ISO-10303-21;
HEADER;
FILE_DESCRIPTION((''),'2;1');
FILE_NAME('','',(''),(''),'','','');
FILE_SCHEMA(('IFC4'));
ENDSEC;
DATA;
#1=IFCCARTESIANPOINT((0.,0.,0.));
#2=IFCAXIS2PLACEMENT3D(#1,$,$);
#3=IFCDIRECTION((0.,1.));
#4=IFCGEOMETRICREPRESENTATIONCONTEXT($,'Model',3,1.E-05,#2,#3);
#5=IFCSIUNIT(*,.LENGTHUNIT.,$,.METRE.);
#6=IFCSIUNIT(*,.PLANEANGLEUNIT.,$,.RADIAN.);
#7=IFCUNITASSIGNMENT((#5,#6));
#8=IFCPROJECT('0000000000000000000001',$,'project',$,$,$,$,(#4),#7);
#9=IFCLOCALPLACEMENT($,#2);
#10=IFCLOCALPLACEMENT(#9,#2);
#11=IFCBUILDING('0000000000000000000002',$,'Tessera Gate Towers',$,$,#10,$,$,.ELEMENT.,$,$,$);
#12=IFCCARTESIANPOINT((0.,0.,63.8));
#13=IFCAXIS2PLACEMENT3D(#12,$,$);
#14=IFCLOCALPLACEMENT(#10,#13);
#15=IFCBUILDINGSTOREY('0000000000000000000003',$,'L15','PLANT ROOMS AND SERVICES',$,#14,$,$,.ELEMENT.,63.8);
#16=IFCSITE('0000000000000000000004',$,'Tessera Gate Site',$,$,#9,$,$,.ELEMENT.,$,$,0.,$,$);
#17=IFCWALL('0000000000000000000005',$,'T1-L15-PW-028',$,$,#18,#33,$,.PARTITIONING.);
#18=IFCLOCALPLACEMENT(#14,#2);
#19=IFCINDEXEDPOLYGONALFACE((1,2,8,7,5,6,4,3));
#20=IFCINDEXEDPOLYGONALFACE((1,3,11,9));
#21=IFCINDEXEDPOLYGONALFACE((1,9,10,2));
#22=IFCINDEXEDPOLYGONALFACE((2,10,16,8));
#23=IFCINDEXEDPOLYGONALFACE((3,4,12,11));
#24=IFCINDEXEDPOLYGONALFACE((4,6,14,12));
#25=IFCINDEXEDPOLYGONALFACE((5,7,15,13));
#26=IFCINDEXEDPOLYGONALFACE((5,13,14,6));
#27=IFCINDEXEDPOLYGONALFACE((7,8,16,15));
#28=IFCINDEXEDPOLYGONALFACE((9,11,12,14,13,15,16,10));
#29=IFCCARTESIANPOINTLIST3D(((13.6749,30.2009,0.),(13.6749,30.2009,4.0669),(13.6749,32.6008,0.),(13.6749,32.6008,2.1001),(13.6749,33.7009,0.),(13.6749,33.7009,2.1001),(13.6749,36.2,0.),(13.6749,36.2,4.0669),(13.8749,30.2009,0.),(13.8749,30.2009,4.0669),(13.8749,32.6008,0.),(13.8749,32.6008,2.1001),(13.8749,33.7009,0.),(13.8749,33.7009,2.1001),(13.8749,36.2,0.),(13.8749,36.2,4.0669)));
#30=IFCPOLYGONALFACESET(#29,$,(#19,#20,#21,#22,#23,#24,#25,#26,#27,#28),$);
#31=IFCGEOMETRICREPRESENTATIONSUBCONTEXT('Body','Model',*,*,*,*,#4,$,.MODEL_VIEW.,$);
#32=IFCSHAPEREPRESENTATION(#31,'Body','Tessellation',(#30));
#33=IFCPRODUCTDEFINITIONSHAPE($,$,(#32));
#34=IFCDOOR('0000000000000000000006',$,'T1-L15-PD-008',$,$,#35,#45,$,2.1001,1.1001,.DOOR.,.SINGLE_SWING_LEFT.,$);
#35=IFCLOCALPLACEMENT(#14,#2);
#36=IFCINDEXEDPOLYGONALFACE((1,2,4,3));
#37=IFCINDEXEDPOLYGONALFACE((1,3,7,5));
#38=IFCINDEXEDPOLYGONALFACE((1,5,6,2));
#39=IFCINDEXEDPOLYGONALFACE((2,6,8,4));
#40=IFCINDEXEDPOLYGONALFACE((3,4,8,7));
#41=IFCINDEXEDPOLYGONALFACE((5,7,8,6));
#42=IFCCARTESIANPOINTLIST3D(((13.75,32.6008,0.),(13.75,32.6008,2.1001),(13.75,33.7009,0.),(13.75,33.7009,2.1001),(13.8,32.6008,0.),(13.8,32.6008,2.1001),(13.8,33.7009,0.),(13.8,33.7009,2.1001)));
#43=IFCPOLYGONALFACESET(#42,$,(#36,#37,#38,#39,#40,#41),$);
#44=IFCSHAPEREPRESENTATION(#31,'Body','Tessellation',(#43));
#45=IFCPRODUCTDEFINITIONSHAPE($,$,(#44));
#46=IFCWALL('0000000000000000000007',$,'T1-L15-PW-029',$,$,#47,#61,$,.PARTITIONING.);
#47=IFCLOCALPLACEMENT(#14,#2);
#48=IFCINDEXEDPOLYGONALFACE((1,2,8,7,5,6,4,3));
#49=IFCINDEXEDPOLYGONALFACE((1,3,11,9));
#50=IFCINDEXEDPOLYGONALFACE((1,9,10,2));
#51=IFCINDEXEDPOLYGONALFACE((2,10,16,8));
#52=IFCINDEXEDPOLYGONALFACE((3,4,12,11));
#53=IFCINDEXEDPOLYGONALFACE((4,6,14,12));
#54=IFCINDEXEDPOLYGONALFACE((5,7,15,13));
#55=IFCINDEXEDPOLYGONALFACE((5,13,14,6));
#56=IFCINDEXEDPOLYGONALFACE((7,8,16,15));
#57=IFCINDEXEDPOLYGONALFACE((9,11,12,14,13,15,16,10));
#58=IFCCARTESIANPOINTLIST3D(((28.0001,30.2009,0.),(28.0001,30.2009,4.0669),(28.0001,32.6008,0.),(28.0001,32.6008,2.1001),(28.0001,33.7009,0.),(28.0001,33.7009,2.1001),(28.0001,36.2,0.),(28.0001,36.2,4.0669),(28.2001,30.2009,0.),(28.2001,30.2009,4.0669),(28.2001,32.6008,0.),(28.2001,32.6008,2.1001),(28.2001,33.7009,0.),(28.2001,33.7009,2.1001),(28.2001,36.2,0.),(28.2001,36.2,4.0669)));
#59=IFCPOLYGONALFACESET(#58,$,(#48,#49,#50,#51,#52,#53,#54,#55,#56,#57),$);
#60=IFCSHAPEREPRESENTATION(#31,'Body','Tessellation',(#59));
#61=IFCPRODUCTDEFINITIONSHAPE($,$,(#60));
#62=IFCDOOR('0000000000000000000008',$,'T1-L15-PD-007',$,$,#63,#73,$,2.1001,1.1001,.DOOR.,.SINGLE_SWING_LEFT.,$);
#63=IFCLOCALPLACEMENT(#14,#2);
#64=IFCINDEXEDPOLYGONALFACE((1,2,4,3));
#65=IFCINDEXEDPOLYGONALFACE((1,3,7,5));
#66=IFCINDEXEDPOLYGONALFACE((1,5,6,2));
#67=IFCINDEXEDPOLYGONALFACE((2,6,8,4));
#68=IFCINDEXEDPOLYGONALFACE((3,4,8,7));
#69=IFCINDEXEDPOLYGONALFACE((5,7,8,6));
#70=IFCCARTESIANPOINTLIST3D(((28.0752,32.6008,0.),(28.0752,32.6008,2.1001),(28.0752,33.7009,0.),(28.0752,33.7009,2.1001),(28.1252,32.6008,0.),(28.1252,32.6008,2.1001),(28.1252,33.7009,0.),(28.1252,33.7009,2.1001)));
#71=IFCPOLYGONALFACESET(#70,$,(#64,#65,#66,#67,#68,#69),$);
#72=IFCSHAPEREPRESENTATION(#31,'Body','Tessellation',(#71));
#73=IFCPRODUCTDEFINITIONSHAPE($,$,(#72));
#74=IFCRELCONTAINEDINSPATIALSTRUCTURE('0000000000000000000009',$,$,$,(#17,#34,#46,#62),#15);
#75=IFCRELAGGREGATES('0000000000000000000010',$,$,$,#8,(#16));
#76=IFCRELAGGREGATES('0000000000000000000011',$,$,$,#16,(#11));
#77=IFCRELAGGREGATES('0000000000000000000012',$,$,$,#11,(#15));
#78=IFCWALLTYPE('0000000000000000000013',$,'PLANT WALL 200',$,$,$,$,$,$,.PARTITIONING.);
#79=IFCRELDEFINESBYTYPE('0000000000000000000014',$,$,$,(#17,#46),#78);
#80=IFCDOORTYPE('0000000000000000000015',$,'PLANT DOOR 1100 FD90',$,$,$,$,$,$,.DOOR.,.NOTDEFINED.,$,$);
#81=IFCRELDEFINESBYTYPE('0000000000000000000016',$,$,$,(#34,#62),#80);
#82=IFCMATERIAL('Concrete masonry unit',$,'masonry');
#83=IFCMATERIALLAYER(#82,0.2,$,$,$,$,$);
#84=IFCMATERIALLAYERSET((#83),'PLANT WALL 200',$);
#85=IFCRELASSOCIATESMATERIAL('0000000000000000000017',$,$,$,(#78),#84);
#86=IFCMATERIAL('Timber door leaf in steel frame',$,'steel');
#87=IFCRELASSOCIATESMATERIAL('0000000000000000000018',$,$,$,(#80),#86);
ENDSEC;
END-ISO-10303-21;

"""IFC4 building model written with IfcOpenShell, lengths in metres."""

from ifc_helpers import new_model, si_unit, direction, frame, frame_2d, origin, place, context, subcontext, project, spatial, rectangle, extrude, source, transform, mapped, material, layer, layer_set, type_object, element, fill, save


model = new_model("IFC4")

# Units and contexts
model_context = context("Model", 3, precision=1e-05, world=origin(), true_north=direction((0.0, 1.0)))
body_context = subcontext(model_context, "Body", "Model", "MODEL_VIEW")
ifc_project = project(units=[si_unit("LENGTHUNIT", "METRE"), si_unit("PLANEANGLEUNIT", "RADIAN")], contexts=[model_context])

# Site, building, storey
site_placement = place(None, origin())
site = spatial("IfcSite", under=ifc_project, at=site_placement, Name="Tessera Gate Site", CompositionType="ELEMENT", RefElevation=0.0)
building_placement = place(site_placement, origin())
building = spatial("IfcBuilding", under=site, at=building_placement, Name="Tessera Gate Towers", CompositionType="ELEMENT")
storey_placement = place(building_placement, frame((0.0, 0.0, 63.8)))
storey = spatial("IfcBuildingStorey", under=building, at=storey_placement, Name="L15", Description="PLANT ROOMS AND SERVICES", CompositionType="ELEMENT", Elevation=63.8)

# Shared definitions
ifc_material_1 = material(Name="Concrete masonry unit", Category="masonry")
ifc_layer = layer(ifc_material_1, 0.2)
ifc_layer_set = layer_set([ifc_layer], Name="PLANT WALL 200")
wall_type = type_object("IfcWallType", Name="PLANT WALL 200", PredefinedType="PARTITIONING", material=ifc_layer_set)
shared_shape_1 = source(origin(), body_context, "Body", "SweptSolid", [
    extrude(rectangle(XDim=1.1001, YDim=2.1001, at=frame_2d((0.55, 1.05))), frame((0.0, 0.1099, 0.0), z_axis=(0.0, -1.0, 0.0), x_axis=(1.0, 0.0, 0.0)), (0.0, 0.0, 1.0), 0.22),
])
ifc_material_2 = material(Name="Timber door leaf in steel frame", Category="steel")
door_type = type_object("IfcDoorType", Name="PLANT DOOR 1100 FD90", OperationType="NOTDEFINED", PredefinedType="DOOR", material=ifc_material_2)
shared_shape_2 = source(origin(), body_context, "Body", "SweptSolid", [
    extrude(rectangle(XDim=1.1001, YDim=2.1001, at=frame_2d((0.55, 1.05))), frame((0.0, 0.0249, 0.0), z_axis=(0.0, -1.0, 0.0), x_axis=(1.0, 0.0, 0.0)), (0.0, 0.0, 1.0), 0.05),
])

# Walls, openings, doors
wall_1_placement = place(storey_placement, frame((13.7749, 30.2009, 0.0), z_axis=(0.0, 0.0, 1.0), x_axis=(0.0, 1.0, 0.0)))
wall_1 = element("IfcWall", 1, at=wall_1_placement, inside=storey, type_object=wall_type, Name="T1-L15-PW-028", PredefinedType="PARTITIONING", context=body_context, shape_type="SweptSolid", body=[
    extrude(rectangle(XDim=5.999, YDim=0.2, at=frame_2d((2.9995, 0.0))), origin(), (0.0, 0.0, 1.0), 4.0669),
])
opening_1_placement = place(wall_1_placement, frame((2.3999, 0.0, 0.0)))
opening_1 = element("IfcOpeningElement", 2, at=opening_1_placement, cuts=wall_1, PredefinedType="OPENING", context=body_context, shape_type="MappedRepresentation", body=[
    mapped(shared_shape_1, transform((0.0, 0.0, 0.0), scale=1.0)),
])
door_1_placement = place(opening_1_placement, origin())
door_1 = element("IfcDoor", 3, at=door_1_placement, inside=storey, type_object=door_type, Name="T1-L15-PD-008", OperationType="SINGLE_SWING_LEFT", OverallHeight=2.1001, OverallWidth=1.1001, PredefinedType="DOOR", context=body_context, shape_type="MappedRepresentation", body=[
    mapped(shared_shape_2, transform((0.0, 0.0, 0.0), scale=1.0)),
])
fill(opening_1, door_1)
wall_2_placement = place(storey_placement, frame((28.1001, 30.2009, 0.0), z_axis=(0.0, 0.0, 1.0), x_axis=(0.0, 1.0, 0.0)))
wall_2 = element("IfcWall", 4, at=wall_2_placement, inside=storey, type_object=wall_type, Name="T1-L15-PW-029", PredefinedType="PARTITIONING", context=body_context, shape_type="SweptSolid", body=[
    extrude(rectangle(XDim=5.999, YDim=0.2, at=frame_2d((2.9995, 0.0))), origin(), (0.0, 0.0, 1.0), 4.0669),
])
opening_2_placement = place(wall_2_placement, frame((2.3999, 0.0, 0.0)))
opening_2 = element("IfcOpeningElement", 5, at=opening_2_placement, cuts=wall_2, PredefinedType="OPENING", context=body_context, shape_type="MappedRepresentation", body=[
    mapped(shared_shape_1, transform((0.0, 0.0, 0.0), scale=1.0)),
])
door_2_placement = place(opening_2_placement, origin())
door_2 = element("IfcDoor", 6, at=door_2_placement, inside=storey, type_object=door_type, Name="T1-L15-PD-007", OperationType="SINGLE_SWING_LEFT", OverallHeight=2.1001, OverallWidth=1.1001, PredefinedType="DOOR", context=body_context, shape_type="MappedRepresentation", body=[
    mapped(shared_shape_2, transform((0.0, 0.0, 0.0), scale=1.0)),
])
fill(opening_2, door_2)

save(model, "model.ifc")
